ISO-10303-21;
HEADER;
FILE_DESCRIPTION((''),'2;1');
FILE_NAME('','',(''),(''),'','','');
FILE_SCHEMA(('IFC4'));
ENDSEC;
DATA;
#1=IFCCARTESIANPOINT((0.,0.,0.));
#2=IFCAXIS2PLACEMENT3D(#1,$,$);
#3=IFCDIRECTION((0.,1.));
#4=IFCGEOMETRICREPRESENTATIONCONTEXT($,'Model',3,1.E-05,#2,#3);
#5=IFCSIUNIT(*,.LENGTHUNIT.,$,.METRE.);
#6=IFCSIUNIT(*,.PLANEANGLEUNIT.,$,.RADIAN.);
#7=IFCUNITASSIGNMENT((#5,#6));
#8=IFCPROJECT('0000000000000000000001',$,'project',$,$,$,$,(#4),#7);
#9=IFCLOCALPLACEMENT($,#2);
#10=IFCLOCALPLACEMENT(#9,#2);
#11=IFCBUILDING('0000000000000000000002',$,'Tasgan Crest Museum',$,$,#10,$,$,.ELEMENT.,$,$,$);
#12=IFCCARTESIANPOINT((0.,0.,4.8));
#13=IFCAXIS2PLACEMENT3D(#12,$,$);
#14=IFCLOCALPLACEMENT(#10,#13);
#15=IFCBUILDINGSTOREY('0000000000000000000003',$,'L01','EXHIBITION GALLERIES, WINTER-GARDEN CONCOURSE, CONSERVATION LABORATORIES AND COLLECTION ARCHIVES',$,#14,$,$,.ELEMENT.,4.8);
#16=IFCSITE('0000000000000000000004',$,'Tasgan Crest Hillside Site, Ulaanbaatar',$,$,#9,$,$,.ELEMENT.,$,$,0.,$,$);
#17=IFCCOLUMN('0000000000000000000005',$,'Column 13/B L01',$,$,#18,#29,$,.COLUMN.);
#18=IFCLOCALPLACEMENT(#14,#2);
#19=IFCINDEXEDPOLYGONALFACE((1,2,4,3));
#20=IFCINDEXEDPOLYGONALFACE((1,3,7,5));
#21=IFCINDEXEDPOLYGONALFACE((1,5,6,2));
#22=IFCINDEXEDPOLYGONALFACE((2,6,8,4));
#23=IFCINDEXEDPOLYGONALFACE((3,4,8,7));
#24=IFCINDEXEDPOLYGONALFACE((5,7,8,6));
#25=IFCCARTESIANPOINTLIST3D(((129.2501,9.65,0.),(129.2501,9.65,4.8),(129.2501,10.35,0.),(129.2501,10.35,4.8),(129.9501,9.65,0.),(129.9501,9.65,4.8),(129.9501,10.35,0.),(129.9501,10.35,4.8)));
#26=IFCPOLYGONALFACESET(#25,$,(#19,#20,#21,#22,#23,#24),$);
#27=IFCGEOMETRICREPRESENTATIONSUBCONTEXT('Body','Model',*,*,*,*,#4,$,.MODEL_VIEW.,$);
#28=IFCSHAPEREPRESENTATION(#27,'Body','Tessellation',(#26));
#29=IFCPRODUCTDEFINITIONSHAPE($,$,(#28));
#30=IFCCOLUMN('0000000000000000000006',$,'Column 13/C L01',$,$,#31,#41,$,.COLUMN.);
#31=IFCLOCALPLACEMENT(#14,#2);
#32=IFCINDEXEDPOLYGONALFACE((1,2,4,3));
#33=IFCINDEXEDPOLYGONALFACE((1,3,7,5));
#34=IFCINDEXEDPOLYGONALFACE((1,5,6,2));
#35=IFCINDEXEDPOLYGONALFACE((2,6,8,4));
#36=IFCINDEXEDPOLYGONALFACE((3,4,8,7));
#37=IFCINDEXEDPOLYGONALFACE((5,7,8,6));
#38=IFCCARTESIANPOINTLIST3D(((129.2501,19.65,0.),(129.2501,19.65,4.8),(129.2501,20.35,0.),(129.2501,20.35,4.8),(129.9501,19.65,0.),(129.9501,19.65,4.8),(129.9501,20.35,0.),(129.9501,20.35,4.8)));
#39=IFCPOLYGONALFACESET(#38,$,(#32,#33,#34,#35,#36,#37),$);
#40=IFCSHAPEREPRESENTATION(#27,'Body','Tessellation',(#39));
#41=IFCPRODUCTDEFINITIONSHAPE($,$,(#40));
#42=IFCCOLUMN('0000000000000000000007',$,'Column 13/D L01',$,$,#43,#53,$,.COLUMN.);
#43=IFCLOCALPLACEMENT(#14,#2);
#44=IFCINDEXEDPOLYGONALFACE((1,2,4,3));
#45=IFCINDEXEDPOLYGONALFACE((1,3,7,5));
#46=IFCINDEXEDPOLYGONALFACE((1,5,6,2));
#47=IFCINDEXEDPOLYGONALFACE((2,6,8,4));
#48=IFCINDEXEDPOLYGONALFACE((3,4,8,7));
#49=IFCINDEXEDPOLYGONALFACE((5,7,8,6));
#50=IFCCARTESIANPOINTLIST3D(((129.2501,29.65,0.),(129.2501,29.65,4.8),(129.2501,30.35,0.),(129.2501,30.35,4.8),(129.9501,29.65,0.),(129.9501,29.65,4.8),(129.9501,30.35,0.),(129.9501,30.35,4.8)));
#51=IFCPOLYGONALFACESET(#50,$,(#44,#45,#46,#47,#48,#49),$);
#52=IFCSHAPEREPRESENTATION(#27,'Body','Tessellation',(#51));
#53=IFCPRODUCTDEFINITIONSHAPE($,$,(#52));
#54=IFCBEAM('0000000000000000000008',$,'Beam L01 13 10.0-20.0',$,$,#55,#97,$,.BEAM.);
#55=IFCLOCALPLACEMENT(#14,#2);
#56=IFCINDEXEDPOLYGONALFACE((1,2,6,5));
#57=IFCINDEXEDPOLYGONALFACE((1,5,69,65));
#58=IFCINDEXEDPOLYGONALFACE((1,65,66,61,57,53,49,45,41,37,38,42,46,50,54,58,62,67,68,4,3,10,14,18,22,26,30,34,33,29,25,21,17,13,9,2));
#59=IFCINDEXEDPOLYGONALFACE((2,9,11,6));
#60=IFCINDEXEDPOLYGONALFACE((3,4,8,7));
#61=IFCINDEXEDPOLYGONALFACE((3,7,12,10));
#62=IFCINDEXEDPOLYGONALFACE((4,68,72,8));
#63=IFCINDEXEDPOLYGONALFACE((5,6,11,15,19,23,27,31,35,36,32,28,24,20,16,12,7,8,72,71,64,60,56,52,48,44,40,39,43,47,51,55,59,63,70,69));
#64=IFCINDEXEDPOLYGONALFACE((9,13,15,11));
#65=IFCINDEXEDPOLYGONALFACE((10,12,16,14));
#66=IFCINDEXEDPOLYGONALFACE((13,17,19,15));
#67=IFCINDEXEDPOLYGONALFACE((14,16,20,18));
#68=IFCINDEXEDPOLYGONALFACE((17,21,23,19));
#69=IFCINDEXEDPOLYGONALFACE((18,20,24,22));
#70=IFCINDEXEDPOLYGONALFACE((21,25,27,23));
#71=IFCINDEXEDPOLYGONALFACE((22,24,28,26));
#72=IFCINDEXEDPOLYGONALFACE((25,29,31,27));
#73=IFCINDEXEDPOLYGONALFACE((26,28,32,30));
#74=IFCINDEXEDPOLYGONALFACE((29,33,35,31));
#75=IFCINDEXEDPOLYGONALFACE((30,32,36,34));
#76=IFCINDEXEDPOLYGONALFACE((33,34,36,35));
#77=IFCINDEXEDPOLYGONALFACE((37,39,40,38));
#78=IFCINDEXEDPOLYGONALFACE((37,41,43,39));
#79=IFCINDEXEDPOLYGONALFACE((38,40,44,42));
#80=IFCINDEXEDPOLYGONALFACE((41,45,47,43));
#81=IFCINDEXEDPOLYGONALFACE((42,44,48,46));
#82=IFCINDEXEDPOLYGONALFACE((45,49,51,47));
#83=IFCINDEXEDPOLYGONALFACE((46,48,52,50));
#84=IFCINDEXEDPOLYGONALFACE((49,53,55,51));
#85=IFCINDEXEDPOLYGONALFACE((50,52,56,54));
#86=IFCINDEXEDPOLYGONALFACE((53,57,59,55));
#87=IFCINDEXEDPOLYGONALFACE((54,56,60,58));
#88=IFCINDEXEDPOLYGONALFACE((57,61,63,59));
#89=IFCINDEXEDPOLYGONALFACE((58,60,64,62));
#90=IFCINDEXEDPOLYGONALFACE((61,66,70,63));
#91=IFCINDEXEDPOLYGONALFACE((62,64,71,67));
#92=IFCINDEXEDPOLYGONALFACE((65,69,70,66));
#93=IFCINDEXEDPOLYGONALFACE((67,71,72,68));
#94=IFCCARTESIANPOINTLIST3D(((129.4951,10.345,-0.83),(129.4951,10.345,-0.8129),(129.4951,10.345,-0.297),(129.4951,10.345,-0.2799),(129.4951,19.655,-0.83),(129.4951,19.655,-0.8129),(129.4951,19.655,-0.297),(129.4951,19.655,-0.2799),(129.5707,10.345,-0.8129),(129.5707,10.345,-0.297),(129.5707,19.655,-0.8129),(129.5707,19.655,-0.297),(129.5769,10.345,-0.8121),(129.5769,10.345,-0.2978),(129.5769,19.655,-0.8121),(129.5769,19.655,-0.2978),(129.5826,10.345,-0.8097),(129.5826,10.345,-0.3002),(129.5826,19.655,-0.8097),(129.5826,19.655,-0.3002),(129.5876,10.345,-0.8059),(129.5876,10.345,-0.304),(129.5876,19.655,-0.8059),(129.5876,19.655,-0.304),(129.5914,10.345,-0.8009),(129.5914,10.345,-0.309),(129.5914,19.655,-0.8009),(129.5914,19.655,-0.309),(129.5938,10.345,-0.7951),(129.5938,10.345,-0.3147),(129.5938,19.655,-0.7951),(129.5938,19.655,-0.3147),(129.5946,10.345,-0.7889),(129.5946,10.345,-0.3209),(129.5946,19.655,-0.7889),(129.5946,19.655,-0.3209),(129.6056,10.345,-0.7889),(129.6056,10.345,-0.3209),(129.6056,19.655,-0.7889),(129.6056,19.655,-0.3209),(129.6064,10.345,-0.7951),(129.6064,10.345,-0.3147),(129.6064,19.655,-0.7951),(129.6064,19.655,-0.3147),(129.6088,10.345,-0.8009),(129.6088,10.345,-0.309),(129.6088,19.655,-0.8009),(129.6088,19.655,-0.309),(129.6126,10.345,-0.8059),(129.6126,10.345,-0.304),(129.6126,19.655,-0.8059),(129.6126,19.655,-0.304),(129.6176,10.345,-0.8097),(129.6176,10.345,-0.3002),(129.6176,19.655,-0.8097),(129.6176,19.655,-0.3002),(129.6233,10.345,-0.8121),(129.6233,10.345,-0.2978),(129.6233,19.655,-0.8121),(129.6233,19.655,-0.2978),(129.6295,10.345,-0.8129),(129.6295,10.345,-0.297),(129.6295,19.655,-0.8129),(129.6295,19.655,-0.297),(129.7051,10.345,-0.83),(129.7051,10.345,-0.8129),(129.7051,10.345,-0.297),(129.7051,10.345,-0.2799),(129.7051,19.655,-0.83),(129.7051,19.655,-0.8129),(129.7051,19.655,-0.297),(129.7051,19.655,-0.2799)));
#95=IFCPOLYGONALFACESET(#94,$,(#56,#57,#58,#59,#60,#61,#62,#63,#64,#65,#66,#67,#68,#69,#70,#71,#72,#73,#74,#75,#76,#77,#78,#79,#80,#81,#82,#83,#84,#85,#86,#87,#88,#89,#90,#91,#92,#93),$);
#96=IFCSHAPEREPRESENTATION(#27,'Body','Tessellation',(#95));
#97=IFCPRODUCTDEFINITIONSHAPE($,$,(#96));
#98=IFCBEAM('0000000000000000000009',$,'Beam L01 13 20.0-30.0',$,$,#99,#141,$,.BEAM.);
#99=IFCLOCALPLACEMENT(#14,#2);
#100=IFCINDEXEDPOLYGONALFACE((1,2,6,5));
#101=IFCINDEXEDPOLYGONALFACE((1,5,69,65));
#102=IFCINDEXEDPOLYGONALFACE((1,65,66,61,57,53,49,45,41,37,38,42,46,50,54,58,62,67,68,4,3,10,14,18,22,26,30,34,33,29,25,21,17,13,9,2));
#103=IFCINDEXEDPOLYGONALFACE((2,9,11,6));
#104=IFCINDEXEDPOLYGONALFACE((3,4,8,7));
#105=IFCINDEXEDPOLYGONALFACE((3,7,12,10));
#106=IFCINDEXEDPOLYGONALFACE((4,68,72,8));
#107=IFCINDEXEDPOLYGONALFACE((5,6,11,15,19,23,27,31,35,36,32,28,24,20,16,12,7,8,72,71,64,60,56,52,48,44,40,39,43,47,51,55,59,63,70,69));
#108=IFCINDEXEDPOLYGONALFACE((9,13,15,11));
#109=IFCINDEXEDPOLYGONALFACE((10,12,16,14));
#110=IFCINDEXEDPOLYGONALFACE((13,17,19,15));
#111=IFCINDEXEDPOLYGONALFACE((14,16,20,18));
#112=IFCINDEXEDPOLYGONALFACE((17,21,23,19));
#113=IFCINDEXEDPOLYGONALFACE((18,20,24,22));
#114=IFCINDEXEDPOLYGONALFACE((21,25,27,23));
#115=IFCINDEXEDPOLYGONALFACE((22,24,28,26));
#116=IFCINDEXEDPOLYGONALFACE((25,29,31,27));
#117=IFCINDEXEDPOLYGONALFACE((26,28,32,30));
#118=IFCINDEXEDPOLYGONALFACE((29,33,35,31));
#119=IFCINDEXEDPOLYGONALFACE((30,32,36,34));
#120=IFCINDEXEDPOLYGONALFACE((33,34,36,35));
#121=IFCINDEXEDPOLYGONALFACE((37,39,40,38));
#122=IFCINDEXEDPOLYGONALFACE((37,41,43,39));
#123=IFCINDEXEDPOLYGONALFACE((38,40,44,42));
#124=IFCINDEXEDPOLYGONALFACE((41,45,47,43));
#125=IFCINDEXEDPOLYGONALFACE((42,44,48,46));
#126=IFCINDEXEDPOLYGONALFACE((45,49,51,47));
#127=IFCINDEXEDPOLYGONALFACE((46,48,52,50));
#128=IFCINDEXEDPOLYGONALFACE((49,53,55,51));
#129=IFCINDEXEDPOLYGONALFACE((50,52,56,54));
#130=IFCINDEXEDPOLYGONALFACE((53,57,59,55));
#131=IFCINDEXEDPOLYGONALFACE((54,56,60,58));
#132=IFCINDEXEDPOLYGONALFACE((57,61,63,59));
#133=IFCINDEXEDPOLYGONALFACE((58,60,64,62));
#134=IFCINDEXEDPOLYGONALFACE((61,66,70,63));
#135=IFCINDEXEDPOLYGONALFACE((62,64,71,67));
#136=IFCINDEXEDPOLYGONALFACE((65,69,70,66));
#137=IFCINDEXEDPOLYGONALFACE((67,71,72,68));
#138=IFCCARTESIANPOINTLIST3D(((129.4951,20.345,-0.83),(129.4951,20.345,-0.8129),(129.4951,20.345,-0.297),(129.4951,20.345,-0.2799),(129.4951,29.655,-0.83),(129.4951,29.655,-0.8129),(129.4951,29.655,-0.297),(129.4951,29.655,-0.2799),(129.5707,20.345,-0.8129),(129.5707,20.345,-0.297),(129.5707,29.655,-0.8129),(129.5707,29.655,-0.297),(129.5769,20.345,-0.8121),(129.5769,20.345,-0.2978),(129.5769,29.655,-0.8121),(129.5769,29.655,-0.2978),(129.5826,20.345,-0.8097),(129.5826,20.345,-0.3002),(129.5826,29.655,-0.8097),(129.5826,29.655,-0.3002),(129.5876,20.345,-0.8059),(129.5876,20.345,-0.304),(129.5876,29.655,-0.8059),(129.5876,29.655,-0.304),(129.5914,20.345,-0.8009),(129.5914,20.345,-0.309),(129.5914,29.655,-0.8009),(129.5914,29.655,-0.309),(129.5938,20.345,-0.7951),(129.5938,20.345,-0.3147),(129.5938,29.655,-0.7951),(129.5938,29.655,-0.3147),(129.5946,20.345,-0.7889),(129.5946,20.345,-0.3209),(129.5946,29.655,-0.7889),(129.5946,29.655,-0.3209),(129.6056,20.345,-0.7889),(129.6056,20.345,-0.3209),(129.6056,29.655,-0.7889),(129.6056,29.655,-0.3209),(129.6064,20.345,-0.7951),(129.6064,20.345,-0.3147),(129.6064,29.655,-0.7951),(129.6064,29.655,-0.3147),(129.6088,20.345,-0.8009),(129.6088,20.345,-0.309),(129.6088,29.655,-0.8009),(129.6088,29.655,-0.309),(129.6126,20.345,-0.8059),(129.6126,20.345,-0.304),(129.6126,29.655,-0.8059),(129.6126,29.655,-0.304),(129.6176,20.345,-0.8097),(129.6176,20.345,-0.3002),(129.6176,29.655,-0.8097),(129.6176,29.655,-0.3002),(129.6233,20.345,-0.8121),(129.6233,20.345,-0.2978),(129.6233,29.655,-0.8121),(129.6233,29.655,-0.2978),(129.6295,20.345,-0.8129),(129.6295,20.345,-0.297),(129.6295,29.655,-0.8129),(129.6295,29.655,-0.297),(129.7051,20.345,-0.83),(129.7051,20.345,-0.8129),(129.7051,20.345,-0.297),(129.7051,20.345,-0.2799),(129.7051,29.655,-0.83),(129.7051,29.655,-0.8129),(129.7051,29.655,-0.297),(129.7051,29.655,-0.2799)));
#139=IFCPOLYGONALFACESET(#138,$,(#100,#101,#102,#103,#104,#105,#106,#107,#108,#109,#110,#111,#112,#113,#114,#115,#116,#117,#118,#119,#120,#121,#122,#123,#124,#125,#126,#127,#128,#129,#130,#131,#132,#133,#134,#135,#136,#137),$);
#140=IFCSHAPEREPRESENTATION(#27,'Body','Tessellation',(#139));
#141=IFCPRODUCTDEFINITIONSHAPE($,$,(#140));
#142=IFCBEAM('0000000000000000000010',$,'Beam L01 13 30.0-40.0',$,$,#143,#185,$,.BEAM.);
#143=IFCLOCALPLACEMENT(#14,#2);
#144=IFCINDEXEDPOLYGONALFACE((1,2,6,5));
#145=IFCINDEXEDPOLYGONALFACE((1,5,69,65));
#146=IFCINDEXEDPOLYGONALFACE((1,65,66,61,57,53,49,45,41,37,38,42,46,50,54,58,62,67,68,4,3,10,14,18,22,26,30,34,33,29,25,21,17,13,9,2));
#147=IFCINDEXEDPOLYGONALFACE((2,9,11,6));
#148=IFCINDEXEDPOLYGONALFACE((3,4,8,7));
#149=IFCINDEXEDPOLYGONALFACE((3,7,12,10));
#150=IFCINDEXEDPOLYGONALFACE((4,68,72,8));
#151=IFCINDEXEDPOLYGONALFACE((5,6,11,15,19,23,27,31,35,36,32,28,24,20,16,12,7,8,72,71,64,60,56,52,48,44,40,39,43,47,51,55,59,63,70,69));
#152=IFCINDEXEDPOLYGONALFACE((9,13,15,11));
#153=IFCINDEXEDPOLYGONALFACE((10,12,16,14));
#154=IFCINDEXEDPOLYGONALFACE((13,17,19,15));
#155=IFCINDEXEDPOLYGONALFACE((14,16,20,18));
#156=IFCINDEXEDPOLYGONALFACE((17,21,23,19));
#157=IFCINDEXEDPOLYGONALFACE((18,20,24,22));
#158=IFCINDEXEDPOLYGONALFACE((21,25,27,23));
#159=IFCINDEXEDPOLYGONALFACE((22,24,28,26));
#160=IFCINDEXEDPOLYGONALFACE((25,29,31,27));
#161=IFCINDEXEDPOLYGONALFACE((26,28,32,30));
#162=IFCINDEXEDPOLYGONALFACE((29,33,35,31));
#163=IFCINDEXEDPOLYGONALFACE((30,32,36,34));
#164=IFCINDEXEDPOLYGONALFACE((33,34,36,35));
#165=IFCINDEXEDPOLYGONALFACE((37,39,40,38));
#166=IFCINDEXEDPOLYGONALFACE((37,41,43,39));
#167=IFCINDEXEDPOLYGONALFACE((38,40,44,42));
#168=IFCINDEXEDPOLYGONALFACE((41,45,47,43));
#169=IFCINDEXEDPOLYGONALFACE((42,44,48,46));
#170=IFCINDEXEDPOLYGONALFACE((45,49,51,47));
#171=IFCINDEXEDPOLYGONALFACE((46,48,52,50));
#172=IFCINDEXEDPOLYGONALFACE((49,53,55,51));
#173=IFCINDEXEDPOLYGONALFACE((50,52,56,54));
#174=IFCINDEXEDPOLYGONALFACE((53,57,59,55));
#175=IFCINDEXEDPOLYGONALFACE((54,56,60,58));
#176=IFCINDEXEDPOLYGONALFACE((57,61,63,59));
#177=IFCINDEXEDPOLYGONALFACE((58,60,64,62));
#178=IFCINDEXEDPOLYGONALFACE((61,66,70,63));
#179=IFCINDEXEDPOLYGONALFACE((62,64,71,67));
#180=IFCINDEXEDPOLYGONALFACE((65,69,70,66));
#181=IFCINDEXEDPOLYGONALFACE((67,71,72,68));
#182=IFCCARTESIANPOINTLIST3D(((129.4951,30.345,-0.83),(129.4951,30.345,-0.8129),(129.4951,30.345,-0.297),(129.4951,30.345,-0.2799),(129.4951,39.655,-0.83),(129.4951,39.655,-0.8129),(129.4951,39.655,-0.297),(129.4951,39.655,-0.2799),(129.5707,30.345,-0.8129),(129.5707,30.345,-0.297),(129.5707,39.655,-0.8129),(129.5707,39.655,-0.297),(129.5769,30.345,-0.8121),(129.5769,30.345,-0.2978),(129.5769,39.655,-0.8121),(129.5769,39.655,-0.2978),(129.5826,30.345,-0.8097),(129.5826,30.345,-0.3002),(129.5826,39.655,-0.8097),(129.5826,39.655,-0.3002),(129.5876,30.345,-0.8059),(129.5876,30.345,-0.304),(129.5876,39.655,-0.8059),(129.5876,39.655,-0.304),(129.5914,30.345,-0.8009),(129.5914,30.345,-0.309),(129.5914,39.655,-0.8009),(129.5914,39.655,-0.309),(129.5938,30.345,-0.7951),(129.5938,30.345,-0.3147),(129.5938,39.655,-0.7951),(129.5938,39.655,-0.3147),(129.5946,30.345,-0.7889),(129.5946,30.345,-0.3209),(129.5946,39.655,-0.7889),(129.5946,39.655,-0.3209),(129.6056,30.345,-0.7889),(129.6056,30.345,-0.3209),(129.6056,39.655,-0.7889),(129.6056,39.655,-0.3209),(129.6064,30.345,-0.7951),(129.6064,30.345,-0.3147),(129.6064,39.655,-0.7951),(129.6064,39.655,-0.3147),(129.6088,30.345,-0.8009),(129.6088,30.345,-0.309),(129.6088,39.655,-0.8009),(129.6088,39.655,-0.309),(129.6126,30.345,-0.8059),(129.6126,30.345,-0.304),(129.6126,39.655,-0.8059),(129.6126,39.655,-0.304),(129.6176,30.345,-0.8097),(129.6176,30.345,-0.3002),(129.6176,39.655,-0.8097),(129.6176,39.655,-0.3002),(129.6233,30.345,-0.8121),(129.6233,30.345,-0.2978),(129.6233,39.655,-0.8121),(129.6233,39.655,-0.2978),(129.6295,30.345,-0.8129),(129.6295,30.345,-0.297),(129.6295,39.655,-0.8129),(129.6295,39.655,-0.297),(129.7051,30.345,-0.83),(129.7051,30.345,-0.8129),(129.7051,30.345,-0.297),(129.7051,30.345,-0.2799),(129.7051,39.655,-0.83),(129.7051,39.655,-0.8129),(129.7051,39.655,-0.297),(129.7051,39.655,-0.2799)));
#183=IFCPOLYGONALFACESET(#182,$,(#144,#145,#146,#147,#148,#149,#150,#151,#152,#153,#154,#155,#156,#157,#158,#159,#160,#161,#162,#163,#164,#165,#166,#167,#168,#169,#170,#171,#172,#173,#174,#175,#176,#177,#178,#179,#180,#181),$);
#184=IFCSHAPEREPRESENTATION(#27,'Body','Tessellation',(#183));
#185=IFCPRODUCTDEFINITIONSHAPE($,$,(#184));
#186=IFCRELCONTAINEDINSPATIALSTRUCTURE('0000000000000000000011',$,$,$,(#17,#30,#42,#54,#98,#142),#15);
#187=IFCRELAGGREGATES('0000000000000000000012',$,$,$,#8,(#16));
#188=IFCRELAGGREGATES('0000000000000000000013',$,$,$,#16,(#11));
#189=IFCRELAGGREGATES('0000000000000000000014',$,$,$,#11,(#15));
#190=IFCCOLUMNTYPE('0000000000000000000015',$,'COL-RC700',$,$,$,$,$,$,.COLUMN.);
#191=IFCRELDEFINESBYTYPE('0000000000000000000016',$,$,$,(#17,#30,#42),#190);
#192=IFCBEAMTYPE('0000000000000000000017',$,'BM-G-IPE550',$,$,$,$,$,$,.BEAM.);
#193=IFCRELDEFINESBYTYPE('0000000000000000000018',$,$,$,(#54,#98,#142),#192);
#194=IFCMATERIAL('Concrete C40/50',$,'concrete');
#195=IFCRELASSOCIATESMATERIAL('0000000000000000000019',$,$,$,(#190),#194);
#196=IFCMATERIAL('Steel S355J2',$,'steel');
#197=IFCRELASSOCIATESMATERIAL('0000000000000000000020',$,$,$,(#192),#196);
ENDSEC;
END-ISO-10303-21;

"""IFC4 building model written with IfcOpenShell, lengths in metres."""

from ifc_helpers import new_model, si_unit, direction, frame, origin, origin_2d, place, context, subcontext, project, spatial, rectangle, i_section, extrude, material, material_profile, profile_set, type_object, element, save


model = new_model("IFC4")

# Units and contexts
model_context = context("Model", 3, precision=1e-05, world=origin(), true_north=direction((0.0, 1.0)))
body_context = subcontext(model_context, "Body", "Model", "MODEL_VIEW")
ifc_project = project(units=[si_unit("LENGTHUNIT", "METRE"), si_unit("PLANEANGLEUNIT", "RADIAN")], contexts=[model_context])

# Site, building, storey
site_placement = place(None, origin())
site = spatial("IfcSite", under=ifc_project, at=site_placement, Name="Tasgan Crest Hillside Site, Ulaanbaatar", CompositionType="ELEMENT", RefElevation=0.0)
building_placement = place(site_placement, origin())
building = spatial("IfcBuilding", under=site, at=building_placement, Name="Tasgan Crest Museum", CompositionType="ELEMENT")
storey_placement = place(building_placement, frame((0.0, 0.0, 4.8)))
storey = spatial("IfcBuildingStorey", under=building, at=storey_placement, Name="L01", Description="EXHIBITION GALLERIES, WINTER-GARDEN CONCOURSE, CONSERVATION LABORATORIES AND COLLECTION ARCHIVES", CompositionType="ELEMENT", Elevation=4.8)

# Columns
ifc_material_1 = material(Name="Concrete C40/50", Category="concrete")
ifc_material_profile_1 = material_profile(ifc_material_1, rectangle(XDim=0.7, YDim=0.7, at=origin_2d()), Name="RC 700x700")
ifc_profile_set_1 = profile_set([ifc_material_profile_1], Name="Concrete C40/50")
column_type = type_object("IfcColumnType", Name="COL-RC700", PredefinedType="COLUMN", material=ifc_profile_set_1)
for number, where, z_axis, x_axis, name in (
    (1, (129.6001, 10.0, 0.0), (0.0, 0.0, 1.0), (1.0, 0.0, 0.0), "Column 13/B L01"),
    (2, (129.6001, 20.0, 0.0), (0.0, 0.0, 1.0), (1.0, 0.0, 0.0), "Column 13/C L01"),
    (3, (129.6001, 30.0, 0.0), (0.0, 0.0, 1.0), (1.0, 0.0, 0.0), "Column 13/D L01"),
):
    element("IfcColumn", number, at=place(storey_placement, frame(where, z_axis=z_axis, x_axis=x_axis)), inside=storey, type_object=column_type, Name=name, PredefinedType="COLUMN", context=body_context, shape_type="SweptSolid", body=[
        extrude(rectangle(XDim=0.7, YDim=0.7, at=origin_2d()), origin(), (0.0, 0.0, 1.0), 4.8),
    ])

# Beams
ifc_material_2 = material(Name="Steel S355J2", Category="steel")
ifc_material_profile_2 = material_profile(ifc_material_2, i_section(OverallWidth=0.21, OverallDepth=0.55, WebThickness=0.011, FlangeThickness=0.0171, FilletRadius=0.0239, at=origin_2d()), Name="IPE 550")
ifc_profile_set_2 = profile_set([ifc_material_profile_2], Name="Steel S355J2")
beam_type_1 = type_object("IfcBeamType", Name="BM-G-IPE550", PredefinedType="BEAM", material=ifc_profile_set_2)
for number, where, z_axis, x_axis, name in (
    (4, (129.6001, 10.345, -0.5549), (0.0, 1.0, 0.0), (-1.0, 0.0, 0.0), "Beam L01 13 10.0-20.0"),
    (5, (129.6001, 20.345, -0.5549), (0.0, 1.0, 0.0), (-1.0, 0.0, 0.0), "Beam L01 13 20.0-30.0"),
    (6, (129.6001, 30.345, -0.5549), (0.0, 1.0, 0.0), (-1.0, 0.0, 0.0), "Beam L01 13 30.0-40.0"),
):
    element("IfcBeam", number, at=place(storey_placement, frame(where, z_axis=z_axis, x_axis=x_axis)), inside=storey, type_object=beam_type_1, Name=name, PredefinedType="BEAM", context=body_context, shape_type="SweptSolid", body=[
        extrude(i_section(OverallWidth=0.21, OverallDepth=0.55, WebThickness=0.011, FlangeThickness=0.0171, FilletRadius=0.0239, at=origin_2d()), origin(), (0.0, 0.0, 1.0), 9.3101),
    ])

save(model, "model.ifc")
